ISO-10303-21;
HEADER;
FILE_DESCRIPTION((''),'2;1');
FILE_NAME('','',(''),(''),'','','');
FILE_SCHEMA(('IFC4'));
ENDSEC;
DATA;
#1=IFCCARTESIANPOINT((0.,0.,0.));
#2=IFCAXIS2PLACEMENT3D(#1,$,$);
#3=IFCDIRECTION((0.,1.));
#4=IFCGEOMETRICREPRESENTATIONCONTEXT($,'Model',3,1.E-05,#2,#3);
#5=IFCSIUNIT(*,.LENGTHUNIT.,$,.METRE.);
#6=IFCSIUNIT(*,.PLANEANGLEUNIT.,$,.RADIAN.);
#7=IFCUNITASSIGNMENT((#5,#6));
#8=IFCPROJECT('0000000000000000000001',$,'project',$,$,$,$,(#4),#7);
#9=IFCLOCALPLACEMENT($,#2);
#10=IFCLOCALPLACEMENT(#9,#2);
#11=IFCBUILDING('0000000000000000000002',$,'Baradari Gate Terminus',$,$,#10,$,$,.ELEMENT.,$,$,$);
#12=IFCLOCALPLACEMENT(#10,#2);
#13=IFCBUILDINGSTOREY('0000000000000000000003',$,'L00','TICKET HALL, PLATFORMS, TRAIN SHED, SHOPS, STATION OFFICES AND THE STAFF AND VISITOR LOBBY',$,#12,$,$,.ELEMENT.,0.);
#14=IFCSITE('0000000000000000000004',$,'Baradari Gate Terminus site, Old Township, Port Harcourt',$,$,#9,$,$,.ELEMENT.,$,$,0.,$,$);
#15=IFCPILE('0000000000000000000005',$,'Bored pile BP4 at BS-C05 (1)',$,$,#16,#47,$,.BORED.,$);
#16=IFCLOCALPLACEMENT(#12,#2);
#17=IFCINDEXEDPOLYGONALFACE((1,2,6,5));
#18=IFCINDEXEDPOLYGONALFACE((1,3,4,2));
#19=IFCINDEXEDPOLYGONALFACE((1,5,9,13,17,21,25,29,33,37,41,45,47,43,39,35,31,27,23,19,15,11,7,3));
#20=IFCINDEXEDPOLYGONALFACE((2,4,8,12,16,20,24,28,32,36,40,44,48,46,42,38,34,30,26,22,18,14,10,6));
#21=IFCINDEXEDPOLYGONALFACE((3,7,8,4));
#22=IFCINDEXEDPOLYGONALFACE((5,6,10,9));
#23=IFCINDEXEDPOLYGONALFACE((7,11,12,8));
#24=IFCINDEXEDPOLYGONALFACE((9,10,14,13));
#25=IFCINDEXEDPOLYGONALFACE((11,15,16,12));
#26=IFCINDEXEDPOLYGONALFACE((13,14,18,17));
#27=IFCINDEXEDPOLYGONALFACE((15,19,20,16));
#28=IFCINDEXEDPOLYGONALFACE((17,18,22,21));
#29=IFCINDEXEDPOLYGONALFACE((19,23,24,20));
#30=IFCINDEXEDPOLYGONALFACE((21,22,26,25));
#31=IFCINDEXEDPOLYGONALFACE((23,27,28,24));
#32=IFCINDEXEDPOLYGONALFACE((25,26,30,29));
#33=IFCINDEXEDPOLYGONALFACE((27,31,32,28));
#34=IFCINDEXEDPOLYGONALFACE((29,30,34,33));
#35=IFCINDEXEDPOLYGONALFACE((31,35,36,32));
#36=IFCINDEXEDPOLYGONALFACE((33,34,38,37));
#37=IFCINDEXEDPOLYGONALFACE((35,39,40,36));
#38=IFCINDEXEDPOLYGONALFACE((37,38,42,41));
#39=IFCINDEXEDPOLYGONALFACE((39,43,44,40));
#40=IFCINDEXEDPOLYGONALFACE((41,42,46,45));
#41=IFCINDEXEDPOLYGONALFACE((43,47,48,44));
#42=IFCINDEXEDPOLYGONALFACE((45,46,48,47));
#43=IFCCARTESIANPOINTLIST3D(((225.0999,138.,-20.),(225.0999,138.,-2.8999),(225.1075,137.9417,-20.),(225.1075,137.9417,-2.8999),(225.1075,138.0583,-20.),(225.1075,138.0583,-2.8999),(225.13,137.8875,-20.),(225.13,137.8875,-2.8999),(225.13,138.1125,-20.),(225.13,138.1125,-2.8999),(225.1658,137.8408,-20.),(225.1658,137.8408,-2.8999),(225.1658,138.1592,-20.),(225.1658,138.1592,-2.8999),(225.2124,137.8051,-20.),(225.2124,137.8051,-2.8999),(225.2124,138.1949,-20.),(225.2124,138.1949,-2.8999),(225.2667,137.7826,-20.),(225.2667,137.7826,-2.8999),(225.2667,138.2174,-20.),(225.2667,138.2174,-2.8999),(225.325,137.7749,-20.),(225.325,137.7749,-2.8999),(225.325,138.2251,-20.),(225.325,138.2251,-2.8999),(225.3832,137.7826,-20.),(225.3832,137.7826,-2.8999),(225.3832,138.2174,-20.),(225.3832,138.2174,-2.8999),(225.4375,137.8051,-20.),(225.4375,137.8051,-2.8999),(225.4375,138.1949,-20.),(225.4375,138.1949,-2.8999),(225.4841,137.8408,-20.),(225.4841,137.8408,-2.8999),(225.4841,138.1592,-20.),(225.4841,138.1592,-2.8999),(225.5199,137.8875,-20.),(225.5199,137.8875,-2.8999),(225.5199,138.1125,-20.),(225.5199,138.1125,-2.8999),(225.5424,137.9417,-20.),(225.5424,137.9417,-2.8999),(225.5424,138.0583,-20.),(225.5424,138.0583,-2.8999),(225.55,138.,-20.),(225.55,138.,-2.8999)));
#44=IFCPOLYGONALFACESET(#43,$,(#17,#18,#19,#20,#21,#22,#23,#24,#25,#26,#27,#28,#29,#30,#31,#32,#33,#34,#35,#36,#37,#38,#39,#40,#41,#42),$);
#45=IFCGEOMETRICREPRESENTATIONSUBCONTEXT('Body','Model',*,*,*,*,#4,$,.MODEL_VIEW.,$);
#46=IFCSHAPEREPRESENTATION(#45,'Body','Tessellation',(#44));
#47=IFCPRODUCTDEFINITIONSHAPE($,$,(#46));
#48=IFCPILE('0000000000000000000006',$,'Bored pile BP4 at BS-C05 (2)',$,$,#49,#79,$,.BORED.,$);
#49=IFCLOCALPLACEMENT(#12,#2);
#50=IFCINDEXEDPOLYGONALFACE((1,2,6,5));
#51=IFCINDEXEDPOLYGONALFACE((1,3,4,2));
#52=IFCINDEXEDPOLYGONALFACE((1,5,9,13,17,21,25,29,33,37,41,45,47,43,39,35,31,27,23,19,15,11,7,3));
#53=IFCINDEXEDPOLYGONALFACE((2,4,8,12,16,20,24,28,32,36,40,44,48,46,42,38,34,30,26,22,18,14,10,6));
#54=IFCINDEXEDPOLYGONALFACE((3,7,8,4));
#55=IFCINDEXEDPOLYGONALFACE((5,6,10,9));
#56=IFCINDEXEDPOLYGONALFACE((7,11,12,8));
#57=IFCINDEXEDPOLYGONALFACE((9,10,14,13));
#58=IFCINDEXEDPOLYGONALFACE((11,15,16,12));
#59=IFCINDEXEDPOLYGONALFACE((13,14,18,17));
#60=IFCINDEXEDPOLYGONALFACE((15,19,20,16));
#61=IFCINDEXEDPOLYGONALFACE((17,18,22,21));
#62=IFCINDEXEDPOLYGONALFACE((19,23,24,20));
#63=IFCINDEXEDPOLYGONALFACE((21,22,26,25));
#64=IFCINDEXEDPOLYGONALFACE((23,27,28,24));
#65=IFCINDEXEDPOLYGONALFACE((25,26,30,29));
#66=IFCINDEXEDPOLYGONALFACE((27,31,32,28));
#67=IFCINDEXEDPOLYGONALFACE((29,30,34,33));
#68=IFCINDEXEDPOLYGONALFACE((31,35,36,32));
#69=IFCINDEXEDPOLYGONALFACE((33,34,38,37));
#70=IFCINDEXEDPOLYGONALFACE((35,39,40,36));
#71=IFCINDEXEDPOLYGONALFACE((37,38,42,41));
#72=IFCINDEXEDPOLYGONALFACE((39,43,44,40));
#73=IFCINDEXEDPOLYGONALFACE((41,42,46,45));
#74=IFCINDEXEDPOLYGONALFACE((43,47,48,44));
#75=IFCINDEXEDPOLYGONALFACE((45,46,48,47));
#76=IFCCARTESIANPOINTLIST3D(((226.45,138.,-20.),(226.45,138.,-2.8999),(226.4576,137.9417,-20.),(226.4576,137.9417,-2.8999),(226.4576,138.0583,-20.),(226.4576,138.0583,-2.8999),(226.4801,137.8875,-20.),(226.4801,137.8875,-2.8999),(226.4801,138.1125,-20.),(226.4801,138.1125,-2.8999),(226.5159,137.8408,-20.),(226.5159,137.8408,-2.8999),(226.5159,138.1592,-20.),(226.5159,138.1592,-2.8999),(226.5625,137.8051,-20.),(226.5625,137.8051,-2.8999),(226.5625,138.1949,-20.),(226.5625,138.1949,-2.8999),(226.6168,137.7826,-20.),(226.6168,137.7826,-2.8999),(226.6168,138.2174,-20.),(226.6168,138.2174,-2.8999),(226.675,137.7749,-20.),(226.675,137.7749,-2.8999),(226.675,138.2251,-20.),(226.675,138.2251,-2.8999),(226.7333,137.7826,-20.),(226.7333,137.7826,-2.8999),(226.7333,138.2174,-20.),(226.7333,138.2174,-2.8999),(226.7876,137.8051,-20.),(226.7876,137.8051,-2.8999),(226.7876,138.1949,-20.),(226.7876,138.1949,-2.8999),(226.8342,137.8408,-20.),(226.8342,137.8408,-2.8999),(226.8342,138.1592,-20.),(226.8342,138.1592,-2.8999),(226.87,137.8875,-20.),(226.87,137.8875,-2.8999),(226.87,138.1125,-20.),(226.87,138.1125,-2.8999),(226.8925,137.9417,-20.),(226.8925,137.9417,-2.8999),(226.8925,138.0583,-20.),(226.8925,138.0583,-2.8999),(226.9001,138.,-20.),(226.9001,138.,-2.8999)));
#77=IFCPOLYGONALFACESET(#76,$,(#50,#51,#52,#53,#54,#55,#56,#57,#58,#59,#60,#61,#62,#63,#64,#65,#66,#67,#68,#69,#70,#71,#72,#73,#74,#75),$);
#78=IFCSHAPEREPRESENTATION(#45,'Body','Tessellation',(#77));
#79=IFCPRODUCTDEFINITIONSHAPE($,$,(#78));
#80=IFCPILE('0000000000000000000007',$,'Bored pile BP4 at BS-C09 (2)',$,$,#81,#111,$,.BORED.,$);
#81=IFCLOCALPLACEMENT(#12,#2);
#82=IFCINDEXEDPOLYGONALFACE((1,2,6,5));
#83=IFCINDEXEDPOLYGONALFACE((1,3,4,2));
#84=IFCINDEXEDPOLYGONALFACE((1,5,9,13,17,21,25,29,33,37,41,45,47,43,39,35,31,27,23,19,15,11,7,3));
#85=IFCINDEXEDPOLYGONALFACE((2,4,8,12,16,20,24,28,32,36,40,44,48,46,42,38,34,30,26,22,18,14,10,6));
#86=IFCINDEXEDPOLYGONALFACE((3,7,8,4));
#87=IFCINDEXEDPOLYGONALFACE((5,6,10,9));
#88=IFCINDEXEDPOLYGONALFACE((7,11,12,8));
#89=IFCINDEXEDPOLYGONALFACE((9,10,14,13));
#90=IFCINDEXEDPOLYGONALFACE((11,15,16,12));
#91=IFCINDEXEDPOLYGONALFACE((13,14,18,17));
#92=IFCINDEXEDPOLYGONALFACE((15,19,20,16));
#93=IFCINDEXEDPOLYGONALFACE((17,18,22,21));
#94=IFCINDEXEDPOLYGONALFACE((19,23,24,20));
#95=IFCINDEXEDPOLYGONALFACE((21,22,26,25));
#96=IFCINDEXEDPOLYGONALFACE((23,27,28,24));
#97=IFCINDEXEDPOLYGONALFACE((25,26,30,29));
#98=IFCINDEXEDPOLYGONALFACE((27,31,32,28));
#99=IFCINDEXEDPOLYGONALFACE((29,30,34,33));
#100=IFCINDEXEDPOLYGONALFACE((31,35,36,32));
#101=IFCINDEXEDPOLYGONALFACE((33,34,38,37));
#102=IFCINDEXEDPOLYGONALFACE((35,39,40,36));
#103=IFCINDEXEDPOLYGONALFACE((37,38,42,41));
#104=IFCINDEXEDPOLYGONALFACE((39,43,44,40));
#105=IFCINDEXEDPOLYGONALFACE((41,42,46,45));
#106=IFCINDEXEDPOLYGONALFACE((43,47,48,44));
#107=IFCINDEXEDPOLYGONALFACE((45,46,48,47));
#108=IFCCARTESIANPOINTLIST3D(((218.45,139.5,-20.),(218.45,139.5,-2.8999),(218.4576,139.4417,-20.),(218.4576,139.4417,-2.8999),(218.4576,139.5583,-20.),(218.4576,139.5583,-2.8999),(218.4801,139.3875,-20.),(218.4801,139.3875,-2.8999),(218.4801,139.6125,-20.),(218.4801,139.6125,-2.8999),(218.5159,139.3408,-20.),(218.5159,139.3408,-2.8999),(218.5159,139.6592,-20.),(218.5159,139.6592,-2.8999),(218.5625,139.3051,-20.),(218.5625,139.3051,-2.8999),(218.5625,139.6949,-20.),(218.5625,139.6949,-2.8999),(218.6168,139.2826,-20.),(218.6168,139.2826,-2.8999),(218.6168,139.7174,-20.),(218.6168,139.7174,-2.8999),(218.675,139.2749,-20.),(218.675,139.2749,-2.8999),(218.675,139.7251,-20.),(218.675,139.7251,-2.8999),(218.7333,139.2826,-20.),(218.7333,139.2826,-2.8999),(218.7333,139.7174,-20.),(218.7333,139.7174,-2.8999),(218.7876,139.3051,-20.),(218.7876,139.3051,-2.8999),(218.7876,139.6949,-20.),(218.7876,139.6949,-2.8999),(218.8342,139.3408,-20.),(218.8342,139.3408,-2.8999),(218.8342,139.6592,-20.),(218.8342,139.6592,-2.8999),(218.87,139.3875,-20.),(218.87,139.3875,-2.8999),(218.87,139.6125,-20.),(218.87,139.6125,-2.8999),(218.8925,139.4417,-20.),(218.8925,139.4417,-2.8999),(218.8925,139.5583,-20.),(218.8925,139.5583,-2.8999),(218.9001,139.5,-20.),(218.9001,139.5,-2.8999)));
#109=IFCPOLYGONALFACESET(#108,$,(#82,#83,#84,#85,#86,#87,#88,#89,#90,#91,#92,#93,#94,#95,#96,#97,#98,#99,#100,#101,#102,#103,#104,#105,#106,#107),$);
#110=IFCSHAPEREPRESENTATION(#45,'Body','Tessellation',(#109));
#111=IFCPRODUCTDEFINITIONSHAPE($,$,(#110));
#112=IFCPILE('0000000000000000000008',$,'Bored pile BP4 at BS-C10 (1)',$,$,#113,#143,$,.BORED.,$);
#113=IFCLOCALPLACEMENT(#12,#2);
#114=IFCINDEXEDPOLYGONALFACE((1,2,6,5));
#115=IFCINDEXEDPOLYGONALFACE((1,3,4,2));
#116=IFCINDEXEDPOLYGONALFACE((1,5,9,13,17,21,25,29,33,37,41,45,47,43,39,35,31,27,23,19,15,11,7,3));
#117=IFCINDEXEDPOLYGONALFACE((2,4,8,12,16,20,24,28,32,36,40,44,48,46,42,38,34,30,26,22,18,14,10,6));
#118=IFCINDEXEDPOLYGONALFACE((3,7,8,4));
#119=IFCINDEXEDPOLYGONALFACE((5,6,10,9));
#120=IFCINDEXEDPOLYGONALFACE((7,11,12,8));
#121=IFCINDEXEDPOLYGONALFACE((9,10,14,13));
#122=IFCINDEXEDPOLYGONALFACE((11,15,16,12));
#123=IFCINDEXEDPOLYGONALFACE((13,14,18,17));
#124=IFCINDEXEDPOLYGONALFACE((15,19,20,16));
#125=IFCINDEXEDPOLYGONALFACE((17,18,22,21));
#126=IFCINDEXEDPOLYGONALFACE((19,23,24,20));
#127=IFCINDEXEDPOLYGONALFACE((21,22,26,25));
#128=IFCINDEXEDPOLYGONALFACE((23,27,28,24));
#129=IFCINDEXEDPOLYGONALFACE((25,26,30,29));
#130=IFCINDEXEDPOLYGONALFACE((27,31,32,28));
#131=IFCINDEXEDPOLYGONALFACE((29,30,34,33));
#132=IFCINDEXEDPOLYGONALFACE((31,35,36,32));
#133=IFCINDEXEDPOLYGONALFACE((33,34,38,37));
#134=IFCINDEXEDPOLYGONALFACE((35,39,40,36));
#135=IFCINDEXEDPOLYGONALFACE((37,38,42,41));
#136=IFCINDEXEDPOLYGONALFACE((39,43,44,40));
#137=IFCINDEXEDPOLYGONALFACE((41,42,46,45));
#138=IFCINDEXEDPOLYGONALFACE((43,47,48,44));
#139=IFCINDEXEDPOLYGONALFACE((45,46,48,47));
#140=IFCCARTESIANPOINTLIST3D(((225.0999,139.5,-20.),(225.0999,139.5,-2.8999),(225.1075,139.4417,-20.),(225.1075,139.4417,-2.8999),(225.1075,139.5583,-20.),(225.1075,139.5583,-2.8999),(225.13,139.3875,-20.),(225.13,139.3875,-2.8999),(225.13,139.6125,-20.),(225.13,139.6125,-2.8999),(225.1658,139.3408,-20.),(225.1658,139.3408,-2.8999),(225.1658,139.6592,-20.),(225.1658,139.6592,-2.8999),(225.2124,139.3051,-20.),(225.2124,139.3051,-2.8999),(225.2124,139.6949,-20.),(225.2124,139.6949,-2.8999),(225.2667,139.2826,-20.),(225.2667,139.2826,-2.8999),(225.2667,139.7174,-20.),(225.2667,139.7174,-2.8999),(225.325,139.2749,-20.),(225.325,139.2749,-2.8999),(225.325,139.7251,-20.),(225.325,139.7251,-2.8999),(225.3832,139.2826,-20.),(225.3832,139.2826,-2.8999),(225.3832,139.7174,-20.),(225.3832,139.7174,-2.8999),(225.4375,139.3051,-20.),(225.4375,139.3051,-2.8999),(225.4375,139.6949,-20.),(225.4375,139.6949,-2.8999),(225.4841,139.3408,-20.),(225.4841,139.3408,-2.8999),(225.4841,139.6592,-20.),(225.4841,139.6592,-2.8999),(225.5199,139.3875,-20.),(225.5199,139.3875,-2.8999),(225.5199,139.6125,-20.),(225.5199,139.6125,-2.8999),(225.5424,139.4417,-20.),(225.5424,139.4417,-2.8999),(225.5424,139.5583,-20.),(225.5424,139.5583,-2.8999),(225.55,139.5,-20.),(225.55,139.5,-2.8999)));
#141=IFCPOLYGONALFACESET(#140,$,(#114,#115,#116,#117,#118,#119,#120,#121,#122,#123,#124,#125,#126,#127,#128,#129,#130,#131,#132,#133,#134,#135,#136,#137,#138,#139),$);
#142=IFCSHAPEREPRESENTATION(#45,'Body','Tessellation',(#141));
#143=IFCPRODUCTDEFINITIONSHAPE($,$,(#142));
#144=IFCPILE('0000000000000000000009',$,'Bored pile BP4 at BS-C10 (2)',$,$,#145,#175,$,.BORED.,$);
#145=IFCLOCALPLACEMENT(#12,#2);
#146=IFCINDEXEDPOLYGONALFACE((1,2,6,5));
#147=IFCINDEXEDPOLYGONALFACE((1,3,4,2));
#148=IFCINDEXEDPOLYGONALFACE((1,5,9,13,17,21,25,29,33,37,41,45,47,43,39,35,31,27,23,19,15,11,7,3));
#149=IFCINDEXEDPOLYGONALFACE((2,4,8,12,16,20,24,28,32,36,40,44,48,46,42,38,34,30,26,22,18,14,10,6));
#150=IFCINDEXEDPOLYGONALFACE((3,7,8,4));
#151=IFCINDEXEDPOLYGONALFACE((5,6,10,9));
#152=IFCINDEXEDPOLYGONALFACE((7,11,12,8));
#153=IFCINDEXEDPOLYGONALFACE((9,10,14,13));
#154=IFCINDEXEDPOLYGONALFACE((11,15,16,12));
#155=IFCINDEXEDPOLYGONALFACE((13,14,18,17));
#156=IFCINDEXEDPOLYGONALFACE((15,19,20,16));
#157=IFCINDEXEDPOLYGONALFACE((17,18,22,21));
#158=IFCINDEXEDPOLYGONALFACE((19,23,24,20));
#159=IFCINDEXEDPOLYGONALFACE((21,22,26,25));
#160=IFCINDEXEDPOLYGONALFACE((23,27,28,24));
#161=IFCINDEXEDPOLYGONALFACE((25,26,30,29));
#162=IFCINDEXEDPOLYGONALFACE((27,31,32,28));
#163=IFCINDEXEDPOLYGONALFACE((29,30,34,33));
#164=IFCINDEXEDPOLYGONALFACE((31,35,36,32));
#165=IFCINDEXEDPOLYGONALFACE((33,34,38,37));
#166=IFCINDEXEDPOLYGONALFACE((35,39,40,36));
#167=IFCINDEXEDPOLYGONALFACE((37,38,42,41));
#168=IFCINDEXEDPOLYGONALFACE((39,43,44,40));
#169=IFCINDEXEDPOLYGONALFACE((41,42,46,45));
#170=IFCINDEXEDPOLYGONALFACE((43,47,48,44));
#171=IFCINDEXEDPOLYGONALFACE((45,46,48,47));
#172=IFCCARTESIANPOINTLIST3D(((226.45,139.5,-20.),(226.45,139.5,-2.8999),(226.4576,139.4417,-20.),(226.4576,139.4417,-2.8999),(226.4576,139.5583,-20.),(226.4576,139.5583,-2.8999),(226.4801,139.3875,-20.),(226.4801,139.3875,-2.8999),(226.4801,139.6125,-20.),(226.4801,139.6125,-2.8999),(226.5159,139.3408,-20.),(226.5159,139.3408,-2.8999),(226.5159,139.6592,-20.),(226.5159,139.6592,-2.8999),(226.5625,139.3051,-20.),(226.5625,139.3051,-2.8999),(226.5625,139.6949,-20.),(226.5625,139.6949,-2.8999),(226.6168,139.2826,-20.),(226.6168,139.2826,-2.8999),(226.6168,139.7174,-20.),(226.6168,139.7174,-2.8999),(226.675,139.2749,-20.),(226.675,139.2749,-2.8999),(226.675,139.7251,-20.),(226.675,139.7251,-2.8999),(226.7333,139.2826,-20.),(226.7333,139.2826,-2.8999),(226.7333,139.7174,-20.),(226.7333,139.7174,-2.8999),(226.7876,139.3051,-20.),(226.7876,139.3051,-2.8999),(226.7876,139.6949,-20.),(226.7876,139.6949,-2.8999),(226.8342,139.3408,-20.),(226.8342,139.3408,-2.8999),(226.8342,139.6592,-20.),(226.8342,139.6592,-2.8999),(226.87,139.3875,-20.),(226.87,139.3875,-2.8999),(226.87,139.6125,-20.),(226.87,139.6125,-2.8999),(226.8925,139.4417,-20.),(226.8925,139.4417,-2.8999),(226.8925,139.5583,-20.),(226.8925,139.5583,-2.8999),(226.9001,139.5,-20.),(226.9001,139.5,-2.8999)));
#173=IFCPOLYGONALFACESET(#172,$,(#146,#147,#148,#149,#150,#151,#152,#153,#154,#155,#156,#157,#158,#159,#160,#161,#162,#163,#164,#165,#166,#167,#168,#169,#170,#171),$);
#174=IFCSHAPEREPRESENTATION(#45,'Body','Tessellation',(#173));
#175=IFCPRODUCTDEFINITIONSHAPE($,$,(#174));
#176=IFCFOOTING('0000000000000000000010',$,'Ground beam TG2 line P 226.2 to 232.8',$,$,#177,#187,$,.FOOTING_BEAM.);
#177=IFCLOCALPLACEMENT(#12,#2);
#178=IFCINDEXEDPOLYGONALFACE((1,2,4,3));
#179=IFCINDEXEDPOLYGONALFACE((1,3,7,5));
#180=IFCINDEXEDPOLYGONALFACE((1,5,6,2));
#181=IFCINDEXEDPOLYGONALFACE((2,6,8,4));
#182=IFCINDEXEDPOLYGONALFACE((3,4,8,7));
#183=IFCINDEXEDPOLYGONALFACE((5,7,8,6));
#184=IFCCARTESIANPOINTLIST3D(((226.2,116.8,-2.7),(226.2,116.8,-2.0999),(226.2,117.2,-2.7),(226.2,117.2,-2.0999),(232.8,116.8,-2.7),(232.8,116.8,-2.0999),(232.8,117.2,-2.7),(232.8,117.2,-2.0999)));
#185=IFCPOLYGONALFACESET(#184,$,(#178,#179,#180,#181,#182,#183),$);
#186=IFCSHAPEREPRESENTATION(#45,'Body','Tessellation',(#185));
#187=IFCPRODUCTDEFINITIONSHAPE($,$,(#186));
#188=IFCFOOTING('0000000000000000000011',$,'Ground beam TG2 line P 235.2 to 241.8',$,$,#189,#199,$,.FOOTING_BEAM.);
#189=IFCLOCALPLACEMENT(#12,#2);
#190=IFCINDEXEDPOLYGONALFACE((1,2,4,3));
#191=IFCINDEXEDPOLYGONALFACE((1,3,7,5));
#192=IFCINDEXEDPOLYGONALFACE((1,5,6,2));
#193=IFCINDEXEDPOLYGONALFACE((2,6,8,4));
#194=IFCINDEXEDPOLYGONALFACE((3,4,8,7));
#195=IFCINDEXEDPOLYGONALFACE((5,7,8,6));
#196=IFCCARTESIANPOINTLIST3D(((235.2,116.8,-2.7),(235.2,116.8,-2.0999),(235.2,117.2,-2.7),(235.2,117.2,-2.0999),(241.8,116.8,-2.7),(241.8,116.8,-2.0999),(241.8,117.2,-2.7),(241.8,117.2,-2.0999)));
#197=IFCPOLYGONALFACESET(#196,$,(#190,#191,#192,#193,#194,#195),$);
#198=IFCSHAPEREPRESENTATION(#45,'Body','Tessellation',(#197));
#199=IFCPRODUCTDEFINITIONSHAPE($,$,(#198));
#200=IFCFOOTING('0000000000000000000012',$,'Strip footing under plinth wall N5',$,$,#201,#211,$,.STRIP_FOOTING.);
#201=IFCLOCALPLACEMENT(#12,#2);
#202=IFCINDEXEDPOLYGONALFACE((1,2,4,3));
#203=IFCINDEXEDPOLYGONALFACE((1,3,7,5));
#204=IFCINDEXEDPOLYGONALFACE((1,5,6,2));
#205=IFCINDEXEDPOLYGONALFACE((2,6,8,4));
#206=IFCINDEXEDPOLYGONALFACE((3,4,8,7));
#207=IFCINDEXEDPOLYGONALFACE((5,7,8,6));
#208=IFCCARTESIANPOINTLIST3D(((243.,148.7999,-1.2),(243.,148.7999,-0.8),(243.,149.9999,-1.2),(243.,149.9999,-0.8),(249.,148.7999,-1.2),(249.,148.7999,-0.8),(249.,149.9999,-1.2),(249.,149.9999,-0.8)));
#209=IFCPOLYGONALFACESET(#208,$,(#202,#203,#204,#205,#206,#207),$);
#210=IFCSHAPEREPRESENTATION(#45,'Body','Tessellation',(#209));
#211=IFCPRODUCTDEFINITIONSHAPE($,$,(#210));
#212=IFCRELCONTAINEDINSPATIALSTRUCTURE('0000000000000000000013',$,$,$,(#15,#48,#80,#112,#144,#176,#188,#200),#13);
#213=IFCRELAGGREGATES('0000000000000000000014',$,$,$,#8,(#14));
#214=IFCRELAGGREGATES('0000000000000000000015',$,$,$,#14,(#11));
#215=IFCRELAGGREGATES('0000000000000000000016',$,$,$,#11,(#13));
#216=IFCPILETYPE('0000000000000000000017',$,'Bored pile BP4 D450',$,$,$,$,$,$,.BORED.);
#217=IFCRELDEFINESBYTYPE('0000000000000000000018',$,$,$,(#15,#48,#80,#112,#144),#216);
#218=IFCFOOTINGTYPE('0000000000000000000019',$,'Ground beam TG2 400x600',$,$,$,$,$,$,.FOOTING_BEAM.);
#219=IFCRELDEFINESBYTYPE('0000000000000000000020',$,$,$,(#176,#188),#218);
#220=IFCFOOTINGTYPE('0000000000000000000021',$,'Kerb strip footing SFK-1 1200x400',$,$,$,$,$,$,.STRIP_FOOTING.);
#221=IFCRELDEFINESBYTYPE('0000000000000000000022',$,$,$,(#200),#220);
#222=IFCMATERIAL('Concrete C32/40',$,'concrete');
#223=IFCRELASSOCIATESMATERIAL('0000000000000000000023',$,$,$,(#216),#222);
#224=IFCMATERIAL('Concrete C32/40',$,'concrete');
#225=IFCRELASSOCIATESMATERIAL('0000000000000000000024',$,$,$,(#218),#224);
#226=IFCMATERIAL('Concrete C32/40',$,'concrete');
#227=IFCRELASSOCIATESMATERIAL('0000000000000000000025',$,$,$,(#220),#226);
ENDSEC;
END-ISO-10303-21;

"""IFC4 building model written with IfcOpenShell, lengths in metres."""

from ifc_helpers import new_model, si_unit, direction, frame, origin, origin_2d, place, context, subcontext, project, spatial, rectangle, circle, extrude, material, type_object, element, save


model = new_model("IFC4")

# Units and contexts
model_context = context("Model", 3, precision=1e-05, world=origin(), true_north=direction((0.0, 1.0)))
body_context = subcontext(model_context, "Body", "Model", "MODEL_VIEW")
ifc_project = project(units=[si_unit("LENGTHUNIT", "METRE"), si_unit("PLANEANGLEUNIT", "RADIAN")], contexts=[model_context])

# Site, building, storey
site_placement = place(None, origin())
site = spatial("IfcSite", under=ifc_project, at=site_placement, Name="Baradari Gate Terminus site, Old Township, Port Harcourt", CompositionType="ELEMENT", RefElevation=0.0)
building_placement = place(site_placement, origin())
building = spatial("IfcBuilding", under=site, at=building_placement, Name="Baradari Gate Terminus", CompositionType="ELEMENT")
storey_placement = place(building_placement, origin())
storey = spatial("IfcBuildingStorey", under=building, at=storey_placement, Name="L00", Description="TICKET HALL, PLATFORMS, TRAIN SHED, SHOPS, STATION OFFICES AND THE STAFF AND VISITOR LOBBY", CompositionType="ELEMENT", Elevation=0.0)

# Piles
ifc_material_1 = material(Name="Concrete C32/40", Category="concrete")
pile_type = type_object("IfcPileType", Name="Bored pile BP4 D450", PredefinedType="BORED", material=ifc_material_1)
for number, where, z_axis, x_axis, name in (
    (1, (225.325, 138.0, -2.8999), (0.0, 0.0, -1.0), (1.0, 0.0, 0.0), "Bored pile BP4 at BS-C05 (1)"),
    (2, (226.675, 138.0, -2.8999), (0.0, 0.0, -1.0), (1.0, 0.0, 0.0), "Bored pile BP4 at BS-C05 (2)"),
    (3, (218.675, 139.5, -2.8999), (0.0, 0.0, -1.0), (1.0, 0.0, 0.0), "Bored pile BP4 at BS-C09 (2)"),
    (4, (225.325, 139.5, -2.8999), (0.0, 0.0, -1.0), (1.0, 0.0, 0.0), "Bored pile BP4 at BS-C10 (1)"),
    (5, (226.675, 139.5, -2.8999), (0.0, 0.0, -1.0), (1.0, 0.0, 0.0), "Bored pile BP4 at BS-C10 (2)"),
):
    element("IfcPile", number, at=place(storey_placement, frame(where, z_axis=z_axis, x_axis=x_axis)), inside=storey, type_object=pile_type, Name=name, PredefinedType="BORED", context=body_context, shape_type="SweptSolid", body=[
        extrude(circle(Radius=0.2251, at=origin_2d()), origin(), (0.0, 0.0, 1.0), 17.1001),
    ])

# Footings
ifc_material_2 = material(Name="Concrete C32/40", Category="concrete")
footing_type_1 = type_object("IfcFootingType", Name="Ground beam TG2 400x600", PredefinedType="FOOTING_BEAM", material=ifc_material_2)
for number, where, z_axis, x_axis, name in (
    (6, (229.5, 117.0, -2.7), (0.0, 0.0, 1.0), (1.0, 0.0, 0.0), "Ground beam TG2 line P 226.2 to 232.8"),
    (7, (238.5, 117.0, -2.7), (0.0, 0.0, 1.0), (1.0, 0.0, 0.0), "Ground beam TG2 line P 235.2 to 241.8"),
):
    element("IfcFooting", number, at=place(storey_placement, frame(where, z_axis=z_axis, x_axis=x_axis)), inside=storey, type_object=footing_type_1, Name=name, PredefinedType="FOOTING_BEAM", context=body_context, shape_type="SweptSolid", body=[
        extrude(rectangle(XDim=6.6001, YDim=0.3999, at=origin_2d()), origin(), (0.0, 0.0, 1.0), 0.6001),
    ])
ifc_material_3 = material(Name="Concrete C32/40", Category="concrete")
footing_type_2 = type_object("IfcFootingType", Name="Kerb strip footing SFK-1 1200x400", PredefinedType="STRIP_FOOTING", material=ifc_material_3)
footing_1_placement = place(storey_placement, frame((246.0, 149.3999, -1.2), z_axis=(0.0, 0.0, 1.0), x_axis=(1.0, 0.0, 0.0)))
element("IfcFooting", 8, at=footing_1_placement, inside=storey, type_object=footing_type_2, Name="Strip footing under plinth wall N5", PredefinedType="STRIP_FOOTING", context=body_context, shape_type="SweptSolid", body=[
    extrude(rectangle(XDim=6.0, YDim=1.2, at=origin_2d()), origin(), (0.0, 0.0, 1.0), 0.3999),
])

save(model, "model.ifc")
